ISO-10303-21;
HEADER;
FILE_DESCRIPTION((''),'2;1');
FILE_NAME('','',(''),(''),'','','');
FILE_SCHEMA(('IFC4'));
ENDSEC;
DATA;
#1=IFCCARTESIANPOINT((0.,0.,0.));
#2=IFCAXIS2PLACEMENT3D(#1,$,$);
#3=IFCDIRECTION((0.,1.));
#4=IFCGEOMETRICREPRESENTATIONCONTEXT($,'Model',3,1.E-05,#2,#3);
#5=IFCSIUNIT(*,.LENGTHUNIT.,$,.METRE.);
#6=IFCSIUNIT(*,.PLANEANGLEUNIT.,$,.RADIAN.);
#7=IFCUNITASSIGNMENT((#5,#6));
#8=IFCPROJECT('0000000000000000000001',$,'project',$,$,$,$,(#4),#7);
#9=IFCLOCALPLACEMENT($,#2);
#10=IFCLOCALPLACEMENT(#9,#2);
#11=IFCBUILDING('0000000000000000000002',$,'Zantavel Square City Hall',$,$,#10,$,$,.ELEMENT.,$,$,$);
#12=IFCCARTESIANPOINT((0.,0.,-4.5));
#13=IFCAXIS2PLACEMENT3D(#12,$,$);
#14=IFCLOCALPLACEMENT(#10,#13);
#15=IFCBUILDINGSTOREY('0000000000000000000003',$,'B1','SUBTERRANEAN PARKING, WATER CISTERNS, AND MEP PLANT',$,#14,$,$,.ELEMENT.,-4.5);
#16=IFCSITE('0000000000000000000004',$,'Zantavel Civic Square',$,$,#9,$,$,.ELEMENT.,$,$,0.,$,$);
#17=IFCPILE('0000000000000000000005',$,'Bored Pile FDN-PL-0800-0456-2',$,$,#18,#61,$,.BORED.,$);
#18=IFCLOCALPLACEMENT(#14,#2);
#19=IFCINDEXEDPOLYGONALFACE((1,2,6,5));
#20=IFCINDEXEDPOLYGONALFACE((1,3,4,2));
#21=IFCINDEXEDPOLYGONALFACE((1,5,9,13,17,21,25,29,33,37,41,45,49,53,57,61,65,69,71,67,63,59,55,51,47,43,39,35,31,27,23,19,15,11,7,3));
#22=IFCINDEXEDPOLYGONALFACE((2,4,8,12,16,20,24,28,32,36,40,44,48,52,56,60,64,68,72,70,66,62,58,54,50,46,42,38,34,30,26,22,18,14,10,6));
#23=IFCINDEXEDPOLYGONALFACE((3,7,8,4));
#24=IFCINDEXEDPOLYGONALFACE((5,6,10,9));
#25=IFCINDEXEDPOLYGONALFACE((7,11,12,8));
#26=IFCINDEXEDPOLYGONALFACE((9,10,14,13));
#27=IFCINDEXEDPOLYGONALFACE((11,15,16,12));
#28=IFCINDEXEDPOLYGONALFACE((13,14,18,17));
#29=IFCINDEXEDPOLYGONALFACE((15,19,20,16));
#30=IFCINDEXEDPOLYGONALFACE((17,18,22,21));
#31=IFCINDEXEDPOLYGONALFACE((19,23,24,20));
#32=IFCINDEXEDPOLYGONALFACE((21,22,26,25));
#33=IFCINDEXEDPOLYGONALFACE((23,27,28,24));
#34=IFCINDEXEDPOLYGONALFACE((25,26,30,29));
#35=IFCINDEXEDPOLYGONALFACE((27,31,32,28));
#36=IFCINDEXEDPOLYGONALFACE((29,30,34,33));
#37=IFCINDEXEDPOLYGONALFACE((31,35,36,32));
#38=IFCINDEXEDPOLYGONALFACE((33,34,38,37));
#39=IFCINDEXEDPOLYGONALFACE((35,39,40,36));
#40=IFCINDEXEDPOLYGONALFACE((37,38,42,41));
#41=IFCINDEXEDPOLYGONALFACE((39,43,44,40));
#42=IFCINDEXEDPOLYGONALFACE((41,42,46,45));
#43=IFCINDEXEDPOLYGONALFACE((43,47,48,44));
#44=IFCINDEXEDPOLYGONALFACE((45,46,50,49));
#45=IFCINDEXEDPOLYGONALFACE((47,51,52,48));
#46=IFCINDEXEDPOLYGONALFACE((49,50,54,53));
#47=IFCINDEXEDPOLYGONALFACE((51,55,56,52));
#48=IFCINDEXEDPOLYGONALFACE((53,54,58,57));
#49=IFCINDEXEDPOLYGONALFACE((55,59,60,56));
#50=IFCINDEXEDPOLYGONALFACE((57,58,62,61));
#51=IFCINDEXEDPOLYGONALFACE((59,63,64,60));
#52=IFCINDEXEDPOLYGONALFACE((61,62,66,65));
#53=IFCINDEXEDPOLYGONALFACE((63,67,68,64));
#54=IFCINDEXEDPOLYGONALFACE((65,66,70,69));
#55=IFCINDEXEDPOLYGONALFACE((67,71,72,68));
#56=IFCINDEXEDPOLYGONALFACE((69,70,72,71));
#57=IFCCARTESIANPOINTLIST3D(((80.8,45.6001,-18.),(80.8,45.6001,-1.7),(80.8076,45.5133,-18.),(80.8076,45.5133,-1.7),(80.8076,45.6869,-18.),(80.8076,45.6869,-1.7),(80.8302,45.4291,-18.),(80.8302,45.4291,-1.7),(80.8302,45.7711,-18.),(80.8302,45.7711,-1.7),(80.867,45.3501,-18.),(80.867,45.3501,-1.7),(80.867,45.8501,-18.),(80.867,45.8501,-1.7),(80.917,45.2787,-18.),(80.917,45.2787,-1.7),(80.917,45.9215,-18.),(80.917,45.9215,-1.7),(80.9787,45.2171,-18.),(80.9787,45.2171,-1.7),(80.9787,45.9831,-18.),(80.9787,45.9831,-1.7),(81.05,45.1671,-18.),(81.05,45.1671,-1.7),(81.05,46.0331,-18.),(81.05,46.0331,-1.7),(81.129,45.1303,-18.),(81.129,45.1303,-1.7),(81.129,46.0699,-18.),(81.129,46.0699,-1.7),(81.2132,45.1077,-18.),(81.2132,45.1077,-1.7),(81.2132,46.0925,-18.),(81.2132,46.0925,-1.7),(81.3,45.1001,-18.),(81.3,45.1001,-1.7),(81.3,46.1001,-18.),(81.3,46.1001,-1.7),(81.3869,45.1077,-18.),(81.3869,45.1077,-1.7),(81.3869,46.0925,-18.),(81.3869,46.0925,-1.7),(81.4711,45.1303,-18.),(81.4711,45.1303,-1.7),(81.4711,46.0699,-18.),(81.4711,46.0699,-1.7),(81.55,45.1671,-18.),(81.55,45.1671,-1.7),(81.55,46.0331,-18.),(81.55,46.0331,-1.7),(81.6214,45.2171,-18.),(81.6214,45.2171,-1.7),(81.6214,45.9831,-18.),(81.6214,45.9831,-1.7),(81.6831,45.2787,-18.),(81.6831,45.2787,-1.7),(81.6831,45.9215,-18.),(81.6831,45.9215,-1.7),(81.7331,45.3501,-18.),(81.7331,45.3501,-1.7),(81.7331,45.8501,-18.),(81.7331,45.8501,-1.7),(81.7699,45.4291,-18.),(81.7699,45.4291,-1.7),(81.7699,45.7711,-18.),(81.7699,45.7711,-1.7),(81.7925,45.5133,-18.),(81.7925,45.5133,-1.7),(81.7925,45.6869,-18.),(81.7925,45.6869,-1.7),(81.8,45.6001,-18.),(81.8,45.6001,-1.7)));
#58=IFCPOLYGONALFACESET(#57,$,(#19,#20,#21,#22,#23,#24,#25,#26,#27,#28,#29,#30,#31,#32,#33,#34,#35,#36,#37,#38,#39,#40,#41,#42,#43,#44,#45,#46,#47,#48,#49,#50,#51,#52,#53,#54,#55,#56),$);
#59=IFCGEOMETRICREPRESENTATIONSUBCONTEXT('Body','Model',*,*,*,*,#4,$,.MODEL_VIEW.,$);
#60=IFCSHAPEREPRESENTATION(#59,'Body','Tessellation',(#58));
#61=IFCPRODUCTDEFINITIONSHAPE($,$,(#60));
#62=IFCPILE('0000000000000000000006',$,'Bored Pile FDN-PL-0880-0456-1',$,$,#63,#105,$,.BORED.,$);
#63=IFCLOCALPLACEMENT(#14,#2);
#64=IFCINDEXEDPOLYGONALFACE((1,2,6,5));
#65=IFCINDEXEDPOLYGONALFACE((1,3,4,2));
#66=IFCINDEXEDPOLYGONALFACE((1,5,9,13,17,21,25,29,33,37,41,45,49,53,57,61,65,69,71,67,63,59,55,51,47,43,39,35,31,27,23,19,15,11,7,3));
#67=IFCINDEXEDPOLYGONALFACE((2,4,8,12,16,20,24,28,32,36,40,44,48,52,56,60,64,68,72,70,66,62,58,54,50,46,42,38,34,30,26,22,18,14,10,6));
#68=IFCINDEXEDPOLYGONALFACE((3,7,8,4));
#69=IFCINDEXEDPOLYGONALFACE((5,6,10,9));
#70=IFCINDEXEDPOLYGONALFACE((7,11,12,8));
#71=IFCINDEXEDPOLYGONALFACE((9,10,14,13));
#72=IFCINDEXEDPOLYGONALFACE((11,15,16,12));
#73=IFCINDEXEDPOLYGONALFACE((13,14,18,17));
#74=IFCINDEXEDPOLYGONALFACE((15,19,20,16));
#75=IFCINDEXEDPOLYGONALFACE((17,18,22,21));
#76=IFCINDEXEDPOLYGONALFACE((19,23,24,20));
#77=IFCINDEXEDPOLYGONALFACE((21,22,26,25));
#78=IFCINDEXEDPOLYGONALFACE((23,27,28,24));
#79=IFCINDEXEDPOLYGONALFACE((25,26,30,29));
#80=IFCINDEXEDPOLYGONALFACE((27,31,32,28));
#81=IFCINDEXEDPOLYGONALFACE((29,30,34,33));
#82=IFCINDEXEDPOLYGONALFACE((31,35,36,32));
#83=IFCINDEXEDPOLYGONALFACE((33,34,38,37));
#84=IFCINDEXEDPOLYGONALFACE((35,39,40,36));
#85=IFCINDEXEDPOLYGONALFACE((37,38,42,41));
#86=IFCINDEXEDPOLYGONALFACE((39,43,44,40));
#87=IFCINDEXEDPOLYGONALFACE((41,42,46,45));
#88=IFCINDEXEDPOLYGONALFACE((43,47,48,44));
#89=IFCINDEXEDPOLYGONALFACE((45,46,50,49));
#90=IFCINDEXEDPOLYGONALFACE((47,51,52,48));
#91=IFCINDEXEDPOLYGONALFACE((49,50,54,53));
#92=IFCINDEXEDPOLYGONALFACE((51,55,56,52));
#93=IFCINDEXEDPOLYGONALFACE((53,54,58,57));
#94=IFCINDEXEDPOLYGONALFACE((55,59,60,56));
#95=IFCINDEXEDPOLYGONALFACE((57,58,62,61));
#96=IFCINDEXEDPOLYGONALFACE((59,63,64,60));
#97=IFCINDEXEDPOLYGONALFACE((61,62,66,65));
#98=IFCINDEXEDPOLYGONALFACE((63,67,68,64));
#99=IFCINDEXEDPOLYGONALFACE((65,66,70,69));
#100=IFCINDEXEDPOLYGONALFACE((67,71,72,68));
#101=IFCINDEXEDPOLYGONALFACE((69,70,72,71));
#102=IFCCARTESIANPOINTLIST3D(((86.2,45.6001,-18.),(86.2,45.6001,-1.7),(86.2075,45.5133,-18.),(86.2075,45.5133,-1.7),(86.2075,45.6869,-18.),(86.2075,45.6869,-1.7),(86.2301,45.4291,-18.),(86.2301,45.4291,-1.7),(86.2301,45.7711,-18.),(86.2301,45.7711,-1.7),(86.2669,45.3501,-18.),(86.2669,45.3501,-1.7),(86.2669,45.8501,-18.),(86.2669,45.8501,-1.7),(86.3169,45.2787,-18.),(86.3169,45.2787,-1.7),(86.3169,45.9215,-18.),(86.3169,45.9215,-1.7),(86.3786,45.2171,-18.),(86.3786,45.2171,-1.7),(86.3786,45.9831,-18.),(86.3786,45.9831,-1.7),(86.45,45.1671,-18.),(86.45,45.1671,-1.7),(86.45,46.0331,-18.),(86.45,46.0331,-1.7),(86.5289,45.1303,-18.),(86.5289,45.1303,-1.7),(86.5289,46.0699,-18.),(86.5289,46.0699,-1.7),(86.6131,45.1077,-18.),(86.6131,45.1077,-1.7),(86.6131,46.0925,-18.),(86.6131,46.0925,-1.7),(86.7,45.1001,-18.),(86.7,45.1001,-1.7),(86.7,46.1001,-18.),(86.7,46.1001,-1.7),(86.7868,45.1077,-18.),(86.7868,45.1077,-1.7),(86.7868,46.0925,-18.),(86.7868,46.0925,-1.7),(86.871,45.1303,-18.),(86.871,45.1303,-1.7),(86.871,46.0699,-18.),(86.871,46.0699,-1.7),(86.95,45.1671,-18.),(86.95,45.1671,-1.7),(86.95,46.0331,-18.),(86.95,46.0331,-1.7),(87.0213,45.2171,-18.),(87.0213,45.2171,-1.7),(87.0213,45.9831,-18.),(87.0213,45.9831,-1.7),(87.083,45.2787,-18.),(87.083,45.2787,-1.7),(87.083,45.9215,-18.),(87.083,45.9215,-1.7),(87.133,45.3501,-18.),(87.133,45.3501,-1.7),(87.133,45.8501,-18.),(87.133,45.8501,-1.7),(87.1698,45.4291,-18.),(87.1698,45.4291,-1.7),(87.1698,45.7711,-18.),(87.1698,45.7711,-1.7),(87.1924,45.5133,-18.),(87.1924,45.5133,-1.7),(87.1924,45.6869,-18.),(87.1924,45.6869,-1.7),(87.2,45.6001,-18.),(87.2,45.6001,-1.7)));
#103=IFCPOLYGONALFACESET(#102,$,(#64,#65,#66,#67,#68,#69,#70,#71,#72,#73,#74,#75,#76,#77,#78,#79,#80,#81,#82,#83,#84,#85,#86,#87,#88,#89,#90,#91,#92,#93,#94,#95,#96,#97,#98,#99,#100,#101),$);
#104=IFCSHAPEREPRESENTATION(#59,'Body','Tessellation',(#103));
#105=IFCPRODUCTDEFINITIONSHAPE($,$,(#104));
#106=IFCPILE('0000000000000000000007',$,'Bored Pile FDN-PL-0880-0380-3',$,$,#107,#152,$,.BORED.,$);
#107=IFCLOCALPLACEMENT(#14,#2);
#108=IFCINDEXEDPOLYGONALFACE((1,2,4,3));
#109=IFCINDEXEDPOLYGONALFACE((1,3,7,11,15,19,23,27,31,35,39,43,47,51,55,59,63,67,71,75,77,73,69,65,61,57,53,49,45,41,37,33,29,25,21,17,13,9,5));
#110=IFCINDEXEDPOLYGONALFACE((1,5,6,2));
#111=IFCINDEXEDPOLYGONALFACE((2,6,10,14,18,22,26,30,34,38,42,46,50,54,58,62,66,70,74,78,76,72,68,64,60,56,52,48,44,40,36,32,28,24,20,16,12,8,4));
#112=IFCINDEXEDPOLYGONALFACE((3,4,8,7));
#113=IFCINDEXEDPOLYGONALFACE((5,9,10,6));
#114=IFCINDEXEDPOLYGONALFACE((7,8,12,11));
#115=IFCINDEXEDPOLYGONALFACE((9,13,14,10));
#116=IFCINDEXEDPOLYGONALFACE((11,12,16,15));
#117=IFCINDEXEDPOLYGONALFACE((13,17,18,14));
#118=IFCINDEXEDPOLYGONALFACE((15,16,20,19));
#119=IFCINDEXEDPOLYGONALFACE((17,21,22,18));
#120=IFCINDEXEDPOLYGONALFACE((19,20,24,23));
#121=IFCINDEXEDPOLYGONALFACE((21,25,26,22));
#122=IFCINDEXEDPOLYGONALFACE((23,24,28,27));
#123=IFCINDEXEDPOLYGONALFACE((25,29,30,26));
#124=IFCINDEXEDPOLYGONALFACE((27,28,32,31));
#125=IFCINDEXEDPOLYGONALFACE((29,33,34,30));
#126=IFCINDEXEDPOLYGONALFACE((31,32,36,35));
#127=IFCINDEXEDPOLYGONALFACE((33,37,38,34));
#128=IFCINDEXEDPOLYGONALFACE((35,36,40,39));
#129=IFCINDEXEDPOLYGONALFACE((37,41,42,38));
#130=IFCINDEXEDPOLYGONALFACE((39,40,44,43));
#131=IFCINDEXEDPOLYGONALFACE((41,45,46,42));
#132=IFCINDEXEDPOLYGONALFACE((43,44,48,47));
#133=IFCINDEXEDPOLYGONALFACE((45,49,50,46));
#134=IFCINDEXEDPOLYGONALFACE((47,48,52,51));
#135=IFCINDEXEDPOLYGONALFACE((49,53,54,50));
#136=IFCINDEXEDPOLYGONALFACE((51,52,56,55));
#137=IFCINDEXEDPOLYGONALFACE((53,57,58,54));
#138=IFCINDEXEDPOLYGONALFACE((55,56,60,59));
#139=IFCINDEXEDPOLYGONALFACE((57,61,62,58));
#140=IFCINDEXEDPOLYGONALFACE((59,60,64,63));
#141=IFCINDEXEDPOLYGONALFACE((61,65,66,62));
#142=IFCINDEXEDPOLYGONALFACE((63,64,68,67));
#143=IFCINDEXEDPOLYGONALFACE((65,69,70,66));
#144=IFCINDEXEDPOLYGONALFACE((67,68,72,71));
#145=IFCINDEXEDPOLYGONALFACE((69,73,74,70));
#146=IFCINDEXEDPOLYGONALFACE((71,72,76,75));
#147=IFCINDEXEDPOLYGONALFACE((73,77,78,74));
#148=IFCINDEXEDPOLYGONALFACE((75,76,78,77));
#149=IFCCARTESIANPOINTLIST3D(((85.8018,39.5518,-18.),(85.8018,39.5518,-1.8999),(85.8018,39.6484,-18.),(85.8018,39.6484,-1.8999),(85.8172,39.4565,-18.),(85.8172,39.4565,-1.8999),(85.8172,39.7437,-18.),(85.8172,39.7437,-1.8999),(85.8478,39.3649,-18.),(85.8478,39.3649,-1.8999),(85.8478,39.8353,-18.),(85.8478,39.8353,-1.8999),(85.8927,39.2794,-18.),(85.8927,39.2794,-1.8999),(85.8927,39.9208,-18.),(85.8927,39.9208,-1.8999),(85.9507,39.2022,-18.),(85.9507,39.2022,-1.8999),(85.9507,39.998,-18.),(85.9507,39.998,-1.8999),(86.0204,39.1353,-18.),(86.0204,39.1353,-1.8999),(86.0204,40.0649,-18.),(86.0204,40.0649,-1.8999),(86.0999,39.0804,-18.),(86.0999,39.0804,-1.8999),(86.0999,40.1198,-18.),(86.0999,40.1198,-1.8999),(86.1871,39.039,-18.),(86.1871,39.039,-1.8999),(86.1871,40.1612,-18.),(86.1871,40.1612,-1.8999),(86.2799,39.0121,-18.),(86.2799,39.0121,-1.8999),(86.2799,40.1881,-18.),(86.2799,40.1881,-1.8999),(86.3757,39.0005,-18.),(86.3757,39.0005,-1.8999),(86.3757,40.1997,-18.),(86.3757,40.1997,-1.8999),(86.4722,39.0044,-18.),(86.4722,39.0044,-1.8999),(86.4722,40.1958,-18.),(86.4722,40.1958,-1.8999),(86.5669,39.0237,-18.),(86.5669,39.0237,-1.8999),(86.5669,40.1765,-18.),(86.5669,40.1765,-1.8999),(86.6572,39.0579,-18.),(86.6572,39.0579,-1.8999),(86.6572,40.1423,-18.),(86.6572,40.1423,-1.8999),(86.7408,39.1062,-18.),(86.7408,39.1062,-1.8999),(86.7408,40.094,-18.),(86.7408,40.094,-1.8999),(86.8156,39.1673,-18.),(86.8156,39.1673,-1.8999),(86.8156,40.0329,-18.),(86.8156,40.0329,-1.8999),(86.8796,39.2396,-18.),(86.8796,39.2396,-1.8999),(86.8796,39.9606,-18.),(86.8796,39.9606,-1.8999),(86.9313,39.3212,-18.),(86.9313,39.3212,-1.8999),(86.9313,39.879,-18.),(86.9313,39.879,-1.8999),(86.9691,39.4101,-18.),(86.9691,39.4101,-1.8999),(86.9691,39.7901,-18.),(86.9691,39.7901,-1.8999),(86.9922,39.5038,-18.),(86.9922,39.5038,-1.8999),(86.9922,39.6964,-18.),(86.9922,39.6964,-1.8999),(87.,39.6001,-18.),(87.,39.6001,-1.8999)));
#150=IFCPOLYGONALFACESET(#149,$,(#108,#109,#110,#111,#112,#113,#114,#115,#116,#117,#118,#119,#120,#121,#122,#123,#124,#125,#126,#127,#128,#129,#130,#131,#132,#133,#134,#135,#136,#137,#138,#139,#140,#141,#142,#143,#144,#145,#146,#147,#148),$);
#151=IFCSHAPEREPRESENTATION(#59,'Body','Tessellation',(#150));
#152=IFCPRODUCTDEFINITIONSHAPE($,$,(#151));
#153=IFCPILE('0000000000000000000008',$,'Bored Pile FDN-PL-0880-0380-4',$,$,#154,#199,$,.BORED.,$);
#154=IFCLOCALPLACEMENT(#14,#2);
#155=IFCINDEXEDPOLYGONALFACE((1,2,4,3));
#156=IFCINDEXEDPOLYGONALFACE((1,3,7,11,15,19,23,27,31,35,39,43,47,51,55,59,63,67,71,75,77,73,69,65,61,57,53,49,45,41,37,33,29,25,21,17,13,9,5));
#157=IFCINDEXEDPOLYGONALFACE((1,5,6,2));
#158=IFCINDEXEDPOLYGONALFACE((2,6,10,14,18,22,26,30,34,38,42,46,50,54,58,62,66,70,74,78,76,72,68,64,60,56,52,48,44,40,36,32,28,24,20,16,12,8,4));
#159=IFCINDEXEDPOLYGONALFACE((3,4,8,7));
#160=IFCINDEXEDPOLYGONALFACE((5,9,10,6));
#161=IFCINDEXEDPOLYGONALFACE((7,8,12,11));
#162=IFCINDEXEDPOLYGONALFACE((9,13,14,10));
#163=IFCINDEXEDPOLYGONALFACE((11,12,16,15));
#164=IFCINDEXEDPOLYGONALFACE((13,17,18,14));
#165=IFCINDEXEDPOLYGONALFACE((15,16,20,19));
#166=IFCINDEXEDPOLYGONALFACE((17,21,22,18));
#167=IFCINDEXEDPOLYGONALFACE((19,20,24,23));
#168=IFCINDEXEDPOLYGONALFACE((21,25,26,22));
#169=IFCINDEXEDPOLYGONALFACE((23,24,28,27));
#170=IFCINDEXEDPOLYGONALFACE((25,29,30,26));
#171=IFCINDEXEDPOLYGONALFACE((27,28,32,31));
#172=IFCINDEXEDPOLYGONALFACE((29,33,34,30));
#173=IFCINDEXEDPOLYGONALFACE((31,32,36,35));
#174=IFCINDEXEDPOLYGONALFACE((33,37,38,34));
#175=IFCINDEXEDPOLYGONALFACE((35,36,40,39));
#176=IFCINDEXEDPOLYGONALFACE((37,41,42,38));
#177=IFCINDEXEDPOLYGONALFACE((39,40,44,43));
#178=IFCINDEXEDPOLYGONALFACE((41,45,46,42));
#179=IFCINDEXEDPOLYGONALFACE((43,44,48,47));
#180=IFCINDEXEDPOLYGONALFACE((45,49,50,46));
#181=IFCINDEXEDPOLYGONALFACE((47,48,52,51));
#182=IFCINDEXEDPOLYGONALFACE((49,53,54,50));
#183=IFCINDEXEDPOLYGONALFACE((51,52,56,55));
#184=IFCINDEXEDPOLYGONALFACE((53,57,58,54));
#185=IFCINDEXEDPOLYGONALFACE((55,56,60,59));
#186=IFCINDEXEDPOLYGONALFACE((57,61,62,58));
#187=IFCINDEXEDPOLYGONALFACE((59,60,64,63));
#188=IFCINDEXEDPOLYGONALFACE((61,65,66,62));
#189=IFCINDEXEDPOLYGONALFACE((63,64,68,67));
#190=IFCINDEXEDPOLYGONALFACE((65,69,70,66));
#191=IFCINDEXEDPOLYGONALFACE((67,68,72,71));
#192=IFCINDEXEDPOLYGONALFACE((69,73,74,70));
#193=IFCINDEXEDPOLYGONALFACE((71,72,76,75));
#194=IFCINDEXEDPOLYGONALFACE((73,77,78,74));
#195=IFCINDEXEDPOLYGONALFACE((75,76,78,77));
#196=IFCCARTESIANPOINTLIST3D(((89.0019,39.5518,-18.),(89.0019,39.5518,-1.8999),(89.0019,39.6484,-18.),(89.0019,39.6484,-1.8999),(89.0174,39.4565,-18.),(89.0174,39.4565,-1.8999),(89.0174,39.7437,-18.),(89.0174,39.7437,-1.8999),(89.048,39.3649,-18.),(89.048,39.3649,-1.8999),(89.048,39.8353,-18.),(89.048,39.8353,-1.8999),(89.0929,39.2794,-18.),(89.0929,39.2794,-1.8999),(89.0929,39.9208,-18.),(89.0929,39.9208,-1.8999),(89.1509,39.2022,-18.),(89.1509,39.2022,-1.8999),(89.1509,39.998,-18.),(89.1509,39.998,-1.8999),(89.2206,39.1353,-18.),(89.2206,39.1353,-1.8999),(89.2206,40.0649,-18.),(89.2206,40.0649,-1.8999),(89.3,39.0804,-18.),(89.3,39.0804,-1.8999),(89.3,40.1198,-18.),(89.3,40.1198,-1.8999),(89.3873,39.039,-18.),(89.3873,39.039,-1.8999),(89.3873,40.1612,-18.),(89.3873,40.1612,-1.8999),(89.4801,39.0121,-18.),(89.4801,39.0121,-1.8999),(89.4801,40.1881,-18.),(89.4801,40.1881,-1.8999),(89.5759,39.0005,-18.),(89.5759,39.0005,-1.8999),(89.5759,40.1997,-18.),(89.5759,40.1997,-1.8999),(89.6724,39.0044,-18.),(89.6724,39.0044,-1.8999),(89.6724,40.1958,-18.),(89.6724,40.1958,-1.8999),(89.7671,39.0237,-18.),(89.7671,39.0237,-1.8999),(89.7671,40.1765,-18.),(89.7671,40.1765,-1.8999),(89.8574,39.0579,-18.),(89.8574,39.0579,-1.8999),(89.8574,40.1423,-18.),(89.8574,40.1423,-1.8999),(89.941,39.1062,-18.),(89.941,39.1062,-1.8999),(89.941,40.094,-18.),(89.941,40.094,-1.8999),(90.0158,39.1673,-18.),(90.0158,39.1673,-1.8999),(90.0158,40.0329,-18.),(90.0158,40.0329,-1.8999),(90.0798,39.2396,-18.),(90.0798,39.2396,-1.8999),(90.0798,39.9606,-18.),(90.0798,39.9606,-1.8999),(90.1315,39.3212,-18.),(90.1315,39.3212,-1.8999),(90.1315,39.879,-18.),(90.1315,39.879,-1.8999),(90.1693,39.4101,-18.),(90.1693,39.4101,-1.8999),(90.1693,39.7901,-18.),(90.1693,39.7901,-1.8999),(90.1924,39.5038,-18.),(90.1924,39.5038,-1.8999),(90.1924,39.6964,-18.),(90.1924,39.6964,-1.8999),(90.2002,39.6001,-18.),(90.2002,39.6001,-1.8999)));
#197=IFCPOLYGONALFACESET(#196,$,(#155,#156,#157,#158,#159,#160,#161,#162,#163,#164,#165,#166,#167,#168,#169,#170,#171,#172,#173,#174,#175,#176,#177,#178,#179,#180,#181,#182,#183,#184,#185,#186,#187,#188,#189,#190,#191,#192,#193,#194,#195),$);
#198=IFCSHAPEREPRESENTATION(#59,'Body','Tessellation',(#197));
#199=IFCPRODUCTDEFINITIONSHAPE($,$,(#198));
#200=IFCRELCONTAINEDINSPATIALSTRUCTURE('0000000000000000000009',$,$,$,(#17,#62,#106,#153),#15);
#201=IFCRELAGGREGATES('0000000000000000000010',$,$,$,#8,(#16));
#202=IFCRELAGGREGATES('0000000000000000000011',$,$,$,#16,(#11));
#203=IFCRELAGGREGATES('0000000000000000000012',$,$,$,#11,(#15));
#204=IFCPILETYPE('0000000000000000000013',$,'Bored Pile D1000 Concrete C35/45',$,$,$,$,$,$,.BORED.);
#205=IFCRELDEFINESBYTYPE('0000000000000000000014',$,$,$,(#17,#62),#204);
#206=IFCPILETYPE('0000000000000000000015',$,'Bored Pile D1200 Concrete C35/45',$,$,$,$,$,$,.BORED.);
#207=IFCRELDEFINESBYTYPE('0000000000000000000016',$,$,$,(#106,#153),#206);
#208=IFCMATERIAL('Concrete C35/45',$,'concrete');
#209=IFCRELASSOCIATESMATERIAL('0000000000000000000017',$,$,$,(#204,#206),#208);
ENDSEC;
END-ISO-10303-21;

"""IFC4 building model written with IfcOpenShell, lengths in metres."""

from ifc_helpers import new_model, si_unit, direction, frame, origin, origin_2d, place, context, subcontext, project, spatial, circle, extrude, material, material_profile, profile_set, type_object, element, save


model = new_model("IFC4")

# Units and contexts
model_context = context("Model", 3, precision=1e-05, world=origin(), true_north=direction((0.0, 1.0)))
body_context = subcontext(model_context, "Body", "Model", "MODEL_VIEW")
ifc_project = project(units=[si_unit("LENGTHUNIT", "METRE"), si_unit("PLANEANGLEUNIT", "RADIAN")], contexts=[model_context])

# Site, building, storey
site_placement = place(None, origin())
site = spatial("IfcSite", under=ifc_project, at=site_placement, Name="Zantavel Civic Square", CompositionType="ELEMENT", RefElevation=0.0)
building_placement = place(site_placement, origin())
building = spatial("IfcBuilding", under=site, at=building_placement, Name="Zantavel Square City Hall", CompositionType="ELEMENT")
storey_placement = place(building_placement, frame((0.0, 0.0, -4.5)))
storey = spatial("IfcBuildingStorey", under=building, at=storey_placement, Name="B1", Description="SUBTERRANEAN PARKING, WATER CISTERNS, AND MEP PLANT", CompositionType="ELEMENT", Elevation=-4.5)

# Piles
ifc_material_1 = material(Name="Concrete C35/45", Category="concrete")
ifc_material_profile_1 = material_profile(ifc_material_1, circle(Radius=0.5, at=origin_2d()), Name="PILE D1000")
ifc_profile_set_1 = profile_set([ifc_material_profile_1], Name="Concrete C35/45")
pile_type_1 = type_object("IfcPileType", Name="Bored Pile D1000 Concrete C35/45", PredefinedType="BORED", material=ifc_profile_set_1)
for number, where, z_axis, x_axis, name in (
    (1, (81.3, 45.6001, -1.7), (0.0, 0.0, -1.0), (1.0, 0.0, 0.0), "Bored Pile FDN-PL-0800-0456-2"),
    (2, (86.7, 45.6001, -1.7), (0.0, 0.0, -1.0), (1.0, 0.0, 0.0), "Bored Pile FDN-PL-0880-0456-1"),
):
    element("IfcPile", number, at=place(storey_placement, frame(where, z_axis=z_axis, x_axis=x_axis)), inside=storey, type_object=pile_type_1, Name=name, PredefinedType="BORED", context=body_context, shape_type="SweptSolid", body=[
        extrude(circle(Radius=0.5, at=origin_2d()), origin(), (0.0, 0.0, 1.0), 16.3),
    ])
ifc_material_profile_2 = material_profile(ifc_material_1, circle(Radius=0.6001, at=origin_2d()), Name="PILE D1200")
ifc_profile_set_2 = profile_set([ifc_material_profile_2], Name="Concrete C35/45")
pile_type_2 = type_object("IfcPileType", Name="Bored Pile D1200 Concrete C35/45", PredefinedType="BORED", material=ifc_profile_set_2)
for number, where, z_axis, x_axis, name in (
    (3, (86.3999, 39.6001, -1.8999), (0.0, 0.0, -1.0), (1.0, 0.0, 0.0), "Bored Pile FDN-PL-0880-0380-3"),
    (4, (89.6001, 39.6001, -1.8999), (0.0, 0.0, -1.0), (1.0, 0.0, 0.0), "Bored Pile FDN-PL-0880-0380-4"),
):
    element("IfcPile", number, at=place(storey_placement, frame(where, z_axis=z_axis, x_axis=x_axis)), inside=storey, type_object=pile_type_2, Name=name, PredefinedType="BORED", context=body_context, shape_type="SweptSolid", body=[
        extrude(circle(Radius=0.6001, at=origin_2d()), origin(), (0.0, 0.0, 1.0), 16.1001),
    ])

save(model, "model.ifc")
